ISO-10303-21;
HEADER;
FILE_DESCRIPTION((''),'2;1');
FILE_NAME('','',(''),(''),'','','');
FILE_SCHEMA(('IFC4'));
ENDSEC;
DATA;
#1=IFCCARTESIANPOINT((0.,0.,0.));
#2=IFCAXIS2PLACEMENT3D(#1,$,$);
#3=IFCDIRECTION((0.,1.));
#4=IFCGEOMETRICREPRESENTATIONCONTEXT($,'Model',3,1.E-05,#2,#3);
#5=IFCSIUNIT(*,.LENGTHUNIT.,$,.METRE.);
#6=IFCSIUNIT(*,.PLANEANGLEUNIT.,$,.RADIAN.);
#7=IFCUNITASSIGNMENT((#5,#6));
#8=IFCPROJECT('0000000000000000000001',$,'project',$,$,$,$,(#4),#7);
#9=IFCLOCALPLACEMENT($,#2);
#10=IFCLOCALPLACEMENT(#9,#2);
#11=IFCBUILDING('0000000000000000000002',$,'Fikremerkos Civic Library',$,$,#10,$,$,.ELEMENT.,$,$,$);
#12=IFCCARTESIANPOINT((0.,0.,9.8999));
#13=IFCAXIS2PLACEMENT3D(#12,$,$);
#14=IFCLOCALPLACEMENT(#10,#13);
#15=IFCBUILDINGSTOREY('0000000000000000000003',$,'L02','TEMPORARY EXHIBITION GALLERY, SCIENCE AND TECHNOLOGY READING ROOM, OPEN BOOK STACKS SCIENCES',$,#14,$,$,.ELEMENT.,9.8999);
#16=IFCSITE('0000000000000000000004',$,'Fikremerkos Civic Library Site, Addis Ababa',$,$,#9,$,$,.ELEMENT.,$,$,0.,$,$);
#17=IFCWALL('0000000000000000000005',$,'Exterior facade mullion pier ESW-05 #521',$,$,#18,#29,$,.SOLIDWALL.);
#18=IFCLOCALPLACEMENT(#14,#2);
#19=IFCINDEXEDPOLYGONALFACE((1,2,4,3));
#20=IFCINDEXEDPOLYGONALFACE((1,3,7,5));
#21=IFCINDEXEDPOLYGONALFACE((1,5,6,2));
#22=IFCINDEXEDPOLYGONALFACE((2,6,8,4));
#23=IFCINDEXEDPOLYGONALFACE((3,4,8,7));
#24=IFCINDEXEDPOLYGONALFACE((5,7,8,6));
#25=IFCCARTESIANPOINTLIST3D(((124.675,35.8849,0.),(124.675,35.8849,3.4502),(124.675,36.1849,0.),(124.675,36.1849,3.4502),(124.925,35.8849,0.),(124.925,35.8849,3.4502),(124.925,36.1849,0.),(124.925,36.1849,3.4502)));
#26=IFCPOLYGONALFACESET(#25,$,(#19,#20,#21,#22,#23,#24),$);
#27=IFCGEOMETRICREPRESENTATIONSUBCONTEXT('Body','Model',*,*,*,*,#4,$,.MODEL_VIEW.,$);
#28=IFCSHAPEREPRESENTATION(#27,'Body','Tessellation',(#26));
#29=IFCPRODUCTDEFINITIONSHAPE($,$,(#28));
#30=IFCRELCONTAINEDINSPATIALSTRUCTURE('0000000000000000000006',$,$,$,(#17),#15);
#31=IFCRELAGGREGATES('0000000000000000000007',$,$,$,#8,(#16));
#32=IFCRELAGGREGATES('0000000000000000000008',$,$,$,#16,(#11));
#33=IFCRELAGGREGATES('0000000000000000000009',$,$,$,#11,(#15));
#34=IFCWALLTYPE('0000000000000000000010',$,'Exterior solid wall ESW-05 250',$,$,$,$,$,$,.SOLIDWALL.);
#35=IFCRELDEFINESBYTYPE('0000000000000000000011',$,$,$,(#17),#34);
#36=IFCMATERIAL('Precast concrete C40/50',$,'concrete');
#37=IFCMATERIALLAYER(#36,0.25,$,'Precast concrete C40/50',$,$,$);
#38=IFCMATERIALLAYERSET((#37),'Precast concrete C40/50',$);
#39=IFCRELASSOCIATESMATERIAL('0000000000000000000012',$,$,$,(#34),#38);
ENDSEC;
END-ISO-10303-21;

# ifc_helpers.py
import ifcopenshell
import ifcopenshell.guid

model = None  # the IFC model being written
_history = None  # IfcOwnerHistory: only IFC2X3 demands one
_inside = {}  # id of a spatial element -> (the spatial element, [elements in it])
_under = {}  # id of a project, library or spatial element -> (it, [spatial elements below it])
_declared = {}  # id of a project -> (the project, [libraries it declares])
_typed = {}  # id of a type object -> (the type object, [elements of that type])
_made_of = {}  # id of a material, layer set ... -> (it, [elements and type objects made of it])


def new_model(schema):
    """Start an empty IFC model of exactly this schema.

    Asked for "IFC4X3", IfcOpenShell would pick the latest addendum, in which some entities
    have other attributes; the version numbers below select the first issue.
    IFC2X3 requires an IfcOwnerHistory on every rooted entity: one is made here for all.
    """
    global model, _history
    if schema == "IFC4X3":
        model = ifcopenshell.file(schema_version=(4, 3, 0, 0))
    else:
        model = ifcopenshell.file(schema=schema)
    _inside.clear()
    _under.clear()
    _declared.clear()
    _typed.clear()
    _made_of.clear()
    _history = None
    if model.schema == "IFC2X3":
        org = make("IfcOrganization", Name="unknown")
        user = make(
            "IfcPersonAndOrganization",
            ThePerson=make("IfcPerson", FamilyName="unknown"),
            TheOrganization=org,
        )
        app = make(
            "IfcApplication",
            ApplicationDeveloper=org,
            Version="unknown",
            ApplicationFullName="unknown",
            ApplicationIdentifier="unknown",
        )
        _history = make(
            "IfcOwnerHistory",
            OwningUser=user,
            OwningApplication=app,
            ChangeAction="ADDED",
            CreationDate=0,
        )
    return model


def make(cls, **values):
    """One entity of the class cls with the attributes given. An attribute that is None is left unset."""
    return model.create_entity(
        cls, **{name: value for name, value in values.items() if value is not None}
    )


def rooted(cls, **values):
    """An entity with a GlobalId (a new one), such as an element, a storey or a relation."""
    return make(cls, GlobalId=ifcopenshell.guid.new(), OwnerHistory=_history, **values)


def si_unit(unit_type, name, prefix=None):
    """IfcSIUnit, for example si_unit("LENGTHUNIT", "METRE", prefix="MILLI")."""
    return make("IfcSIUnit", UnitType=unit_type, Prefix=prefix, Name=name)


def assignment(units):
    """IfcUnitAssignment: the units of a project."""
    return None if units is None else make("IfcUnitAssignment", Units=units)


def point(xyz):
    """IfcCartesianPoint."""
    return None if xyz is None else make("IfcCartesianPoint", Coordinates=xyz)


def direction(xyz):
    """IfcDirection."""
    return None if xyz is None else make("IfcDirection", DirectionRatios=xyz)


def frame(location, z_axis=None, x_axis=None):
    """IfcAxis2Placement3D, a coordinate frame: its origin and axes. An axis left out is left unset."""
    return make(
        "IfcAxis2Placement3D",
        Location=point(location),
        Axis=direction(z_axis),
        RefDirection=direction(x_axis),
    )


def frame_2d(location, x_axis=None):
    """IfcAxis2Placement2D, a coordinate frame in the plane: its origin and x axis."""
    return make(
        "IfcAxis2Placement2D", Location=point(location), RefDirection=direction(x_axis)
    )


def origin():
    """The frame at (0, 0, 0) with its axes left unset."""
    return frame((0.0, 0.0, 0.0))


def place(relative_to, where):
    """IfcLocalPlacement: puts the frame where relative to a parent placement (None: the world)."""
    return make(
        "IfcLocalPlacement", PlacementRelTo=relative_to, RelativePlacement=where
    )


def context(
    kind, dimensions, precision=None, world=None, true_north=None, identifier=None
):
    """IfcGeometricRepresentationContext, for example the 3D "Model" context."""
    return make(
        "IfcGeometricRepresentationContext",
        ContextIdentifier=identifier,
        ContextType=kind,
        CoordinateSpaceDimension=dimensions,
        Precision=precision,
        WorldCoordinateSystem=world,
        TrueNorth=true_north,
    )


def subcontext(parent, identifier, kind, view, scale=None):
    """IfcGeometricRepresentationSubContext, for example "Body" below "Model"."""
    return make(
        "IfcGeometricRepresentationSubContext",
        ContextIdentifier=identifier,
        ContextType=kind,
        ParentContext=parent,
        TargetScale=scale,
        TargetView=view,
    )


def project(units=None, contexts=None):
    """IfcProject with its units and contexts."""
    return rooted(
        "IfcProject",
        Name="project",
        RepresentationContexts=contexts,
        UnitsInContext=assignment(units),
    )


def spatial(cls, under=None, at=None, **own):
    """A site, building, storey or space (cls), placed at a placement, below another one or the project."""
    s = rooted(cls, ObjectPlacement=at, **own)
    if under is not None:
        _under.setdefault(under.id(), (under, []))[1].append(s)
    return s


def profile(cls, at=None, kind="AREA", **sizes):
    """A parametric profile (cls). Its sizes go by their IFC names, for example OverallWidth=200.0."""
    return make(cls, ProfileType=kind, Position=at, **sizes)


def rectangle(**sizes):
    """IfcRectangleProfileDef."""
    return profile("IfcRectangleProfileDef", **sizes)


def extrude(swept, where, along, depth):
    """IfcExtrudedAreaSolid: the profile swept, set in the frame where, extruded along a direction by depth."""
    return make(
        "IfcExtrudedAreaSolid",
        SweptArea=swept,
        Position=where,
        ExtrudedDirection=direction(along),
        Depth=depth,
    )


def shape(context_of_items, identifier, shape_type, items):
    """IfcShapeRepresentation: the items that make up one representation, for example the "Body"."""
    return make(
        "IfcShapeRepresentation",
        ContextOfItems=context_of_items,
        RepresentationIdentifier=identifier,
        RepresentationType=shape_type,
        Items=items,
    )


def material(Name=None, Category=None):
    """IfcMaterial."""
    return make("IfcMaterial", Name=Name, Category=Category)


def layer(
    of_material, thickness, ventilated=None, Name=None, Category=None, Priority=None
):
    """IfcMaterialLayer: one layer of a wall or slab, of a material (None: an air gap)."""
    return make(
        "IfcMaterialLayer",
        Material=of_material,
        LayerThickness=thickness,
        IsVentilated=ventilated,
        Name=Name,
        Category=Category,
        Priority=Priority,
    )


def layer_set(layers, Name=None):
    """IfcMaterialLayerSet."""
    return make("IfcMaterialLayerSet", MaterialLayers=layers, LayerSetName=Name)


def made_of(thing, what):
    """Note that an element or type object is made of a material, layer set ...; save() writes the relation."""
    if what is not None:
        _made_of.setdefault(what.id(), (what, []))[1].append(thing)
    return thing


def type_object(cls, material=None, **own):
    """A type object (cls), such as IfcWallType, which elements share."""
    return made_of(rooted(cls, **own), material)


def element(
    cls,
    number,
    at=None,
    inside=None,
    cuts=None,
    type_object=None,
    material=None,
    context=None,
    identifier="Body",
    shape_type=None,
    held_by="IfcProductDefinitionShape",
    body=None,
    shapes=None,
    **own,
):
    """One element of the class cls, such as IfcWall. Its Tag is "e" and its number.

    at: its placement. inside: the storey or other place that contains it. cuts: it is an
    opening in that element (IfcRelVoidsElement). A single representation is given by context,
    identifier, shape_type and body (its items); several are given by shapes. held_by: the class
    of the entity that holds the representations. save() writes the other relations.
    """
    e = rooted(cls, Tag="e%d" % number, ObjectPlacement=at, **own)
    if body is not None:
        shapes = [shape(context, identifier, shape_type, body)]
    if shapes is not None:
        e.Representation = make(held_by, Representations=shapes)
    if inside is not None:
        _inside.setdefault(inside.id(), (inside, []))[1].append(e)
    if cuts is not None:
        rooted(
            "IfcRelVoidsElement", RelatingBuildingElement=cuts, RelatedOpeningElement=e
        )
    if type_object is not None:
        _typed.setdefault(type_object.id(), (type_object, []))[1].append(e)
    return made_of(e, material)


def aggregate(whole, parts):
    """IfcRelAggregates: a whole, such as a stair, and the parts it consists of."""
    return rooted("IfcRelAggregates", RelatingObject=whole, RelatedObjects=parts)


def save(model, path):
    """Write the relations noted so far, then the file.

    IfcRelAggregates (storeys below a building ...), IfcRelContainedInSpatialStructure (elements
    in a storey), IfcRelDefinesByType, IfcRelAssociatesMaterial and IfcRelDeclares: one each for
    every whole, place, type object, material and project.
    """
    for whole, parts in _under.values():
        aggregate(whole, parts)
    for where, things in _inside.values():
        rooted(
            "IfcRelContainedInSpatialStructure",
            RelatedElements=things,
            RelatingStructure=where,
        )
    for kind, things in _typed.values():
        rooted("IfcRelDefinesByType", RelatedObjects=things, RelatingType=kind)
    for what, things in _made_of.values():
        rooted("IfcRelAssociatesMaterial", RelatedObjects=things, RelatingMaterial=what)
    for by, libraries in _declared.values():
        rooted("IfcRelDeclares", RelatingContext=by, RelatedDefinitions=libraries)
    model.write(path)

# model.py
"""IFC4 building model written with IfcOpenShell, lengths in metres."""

from ifc_helpers import new_model, si_unit, direction, frame, frame_2d, origin, place, context, subcontext, project, spatial, rectangle, extrude, material, layer, layer_set, type_object, element, save


model = new_model("IFC4")

# Units and contexts
model_context = context("Model", 3, precision=1e-05, world=origin(), true_north=direction((0.0, 1.0)))
body_context = subcontext(model_context, "Body", "Model", "MODEL_VIEW")
ifc_project = project(units=[si_unit("LENGTHUNIT", "METRE"), si_unit("PLANEANGLEUNIT", "RADIAN")], contexts=[model_context])

# Site, building, storey
site_placement = place(None, origin())
site = spatial("IfcSite", under=ifc_project, at=site_placement, Name="Fikremerkos Civic Library Site, Addis Ababa", CompositionType="ELEMENT", RefElevation=0.0)
building_placement = place(site_placement, origin())
building = spatial("IfcBuilding", under=site, at=building_placement, Name="Fikremerkos Civic Library", CompositionType="ELEMENT")
storey_placement = place(building_placement, frame((0.0, 0.0, 9.8999)))
storey = spatial("IfcBuildingStorey", under=building, at=storey_placement, Name="L02", Description="TEMPORARY EXHIBITION GALLERY, SCIENCE AND TECHNOLOGY READING ROOM, OPEN BOOK STACKS SCIENCES", CompositionType="ELEMENT", Elevation=9.8999)

# Wall
ifc_material_1 = material(Name="Precast concrete C40/50", Category="concrete")
ifc_layer_1 = layer(ifc_material_1, 0.25, Name="Precast concrete C40/50")
ifc_layer_set_1 = layer_set([ifc_layer_1], Name="Precast concrete C40/50")
wall_type_1 = type_object("IfcWallType", Name="Exterior solid wall ESW-05 250", PredefinedType="SOLIDWALL", material=ifc_layer_set_1)
wall_1_placement = place(storey_placement, frame((124.8, 35.885, 0.0), z_axis=(0.0, 0.0, 1.0), x_axis=(0.0, 1.0, 0.0)))
element("IfcWall", 1, at=wall_1_placement, inside=storey, type_object=wall_type_1, Name="Exterior facade mullion pier ESW-05 #521", PredefinedType="SOLIDWALL", context=body_context, shape_type="SweptSolid", body=[
    extrude(rectangle(XDim=0.3, YDim=0.25, at=frame_2d((0.1499, 0.0))), origin(), (0.0, 0.0, 1.0), 3.4502),
])

save(model, "model.ifc")
